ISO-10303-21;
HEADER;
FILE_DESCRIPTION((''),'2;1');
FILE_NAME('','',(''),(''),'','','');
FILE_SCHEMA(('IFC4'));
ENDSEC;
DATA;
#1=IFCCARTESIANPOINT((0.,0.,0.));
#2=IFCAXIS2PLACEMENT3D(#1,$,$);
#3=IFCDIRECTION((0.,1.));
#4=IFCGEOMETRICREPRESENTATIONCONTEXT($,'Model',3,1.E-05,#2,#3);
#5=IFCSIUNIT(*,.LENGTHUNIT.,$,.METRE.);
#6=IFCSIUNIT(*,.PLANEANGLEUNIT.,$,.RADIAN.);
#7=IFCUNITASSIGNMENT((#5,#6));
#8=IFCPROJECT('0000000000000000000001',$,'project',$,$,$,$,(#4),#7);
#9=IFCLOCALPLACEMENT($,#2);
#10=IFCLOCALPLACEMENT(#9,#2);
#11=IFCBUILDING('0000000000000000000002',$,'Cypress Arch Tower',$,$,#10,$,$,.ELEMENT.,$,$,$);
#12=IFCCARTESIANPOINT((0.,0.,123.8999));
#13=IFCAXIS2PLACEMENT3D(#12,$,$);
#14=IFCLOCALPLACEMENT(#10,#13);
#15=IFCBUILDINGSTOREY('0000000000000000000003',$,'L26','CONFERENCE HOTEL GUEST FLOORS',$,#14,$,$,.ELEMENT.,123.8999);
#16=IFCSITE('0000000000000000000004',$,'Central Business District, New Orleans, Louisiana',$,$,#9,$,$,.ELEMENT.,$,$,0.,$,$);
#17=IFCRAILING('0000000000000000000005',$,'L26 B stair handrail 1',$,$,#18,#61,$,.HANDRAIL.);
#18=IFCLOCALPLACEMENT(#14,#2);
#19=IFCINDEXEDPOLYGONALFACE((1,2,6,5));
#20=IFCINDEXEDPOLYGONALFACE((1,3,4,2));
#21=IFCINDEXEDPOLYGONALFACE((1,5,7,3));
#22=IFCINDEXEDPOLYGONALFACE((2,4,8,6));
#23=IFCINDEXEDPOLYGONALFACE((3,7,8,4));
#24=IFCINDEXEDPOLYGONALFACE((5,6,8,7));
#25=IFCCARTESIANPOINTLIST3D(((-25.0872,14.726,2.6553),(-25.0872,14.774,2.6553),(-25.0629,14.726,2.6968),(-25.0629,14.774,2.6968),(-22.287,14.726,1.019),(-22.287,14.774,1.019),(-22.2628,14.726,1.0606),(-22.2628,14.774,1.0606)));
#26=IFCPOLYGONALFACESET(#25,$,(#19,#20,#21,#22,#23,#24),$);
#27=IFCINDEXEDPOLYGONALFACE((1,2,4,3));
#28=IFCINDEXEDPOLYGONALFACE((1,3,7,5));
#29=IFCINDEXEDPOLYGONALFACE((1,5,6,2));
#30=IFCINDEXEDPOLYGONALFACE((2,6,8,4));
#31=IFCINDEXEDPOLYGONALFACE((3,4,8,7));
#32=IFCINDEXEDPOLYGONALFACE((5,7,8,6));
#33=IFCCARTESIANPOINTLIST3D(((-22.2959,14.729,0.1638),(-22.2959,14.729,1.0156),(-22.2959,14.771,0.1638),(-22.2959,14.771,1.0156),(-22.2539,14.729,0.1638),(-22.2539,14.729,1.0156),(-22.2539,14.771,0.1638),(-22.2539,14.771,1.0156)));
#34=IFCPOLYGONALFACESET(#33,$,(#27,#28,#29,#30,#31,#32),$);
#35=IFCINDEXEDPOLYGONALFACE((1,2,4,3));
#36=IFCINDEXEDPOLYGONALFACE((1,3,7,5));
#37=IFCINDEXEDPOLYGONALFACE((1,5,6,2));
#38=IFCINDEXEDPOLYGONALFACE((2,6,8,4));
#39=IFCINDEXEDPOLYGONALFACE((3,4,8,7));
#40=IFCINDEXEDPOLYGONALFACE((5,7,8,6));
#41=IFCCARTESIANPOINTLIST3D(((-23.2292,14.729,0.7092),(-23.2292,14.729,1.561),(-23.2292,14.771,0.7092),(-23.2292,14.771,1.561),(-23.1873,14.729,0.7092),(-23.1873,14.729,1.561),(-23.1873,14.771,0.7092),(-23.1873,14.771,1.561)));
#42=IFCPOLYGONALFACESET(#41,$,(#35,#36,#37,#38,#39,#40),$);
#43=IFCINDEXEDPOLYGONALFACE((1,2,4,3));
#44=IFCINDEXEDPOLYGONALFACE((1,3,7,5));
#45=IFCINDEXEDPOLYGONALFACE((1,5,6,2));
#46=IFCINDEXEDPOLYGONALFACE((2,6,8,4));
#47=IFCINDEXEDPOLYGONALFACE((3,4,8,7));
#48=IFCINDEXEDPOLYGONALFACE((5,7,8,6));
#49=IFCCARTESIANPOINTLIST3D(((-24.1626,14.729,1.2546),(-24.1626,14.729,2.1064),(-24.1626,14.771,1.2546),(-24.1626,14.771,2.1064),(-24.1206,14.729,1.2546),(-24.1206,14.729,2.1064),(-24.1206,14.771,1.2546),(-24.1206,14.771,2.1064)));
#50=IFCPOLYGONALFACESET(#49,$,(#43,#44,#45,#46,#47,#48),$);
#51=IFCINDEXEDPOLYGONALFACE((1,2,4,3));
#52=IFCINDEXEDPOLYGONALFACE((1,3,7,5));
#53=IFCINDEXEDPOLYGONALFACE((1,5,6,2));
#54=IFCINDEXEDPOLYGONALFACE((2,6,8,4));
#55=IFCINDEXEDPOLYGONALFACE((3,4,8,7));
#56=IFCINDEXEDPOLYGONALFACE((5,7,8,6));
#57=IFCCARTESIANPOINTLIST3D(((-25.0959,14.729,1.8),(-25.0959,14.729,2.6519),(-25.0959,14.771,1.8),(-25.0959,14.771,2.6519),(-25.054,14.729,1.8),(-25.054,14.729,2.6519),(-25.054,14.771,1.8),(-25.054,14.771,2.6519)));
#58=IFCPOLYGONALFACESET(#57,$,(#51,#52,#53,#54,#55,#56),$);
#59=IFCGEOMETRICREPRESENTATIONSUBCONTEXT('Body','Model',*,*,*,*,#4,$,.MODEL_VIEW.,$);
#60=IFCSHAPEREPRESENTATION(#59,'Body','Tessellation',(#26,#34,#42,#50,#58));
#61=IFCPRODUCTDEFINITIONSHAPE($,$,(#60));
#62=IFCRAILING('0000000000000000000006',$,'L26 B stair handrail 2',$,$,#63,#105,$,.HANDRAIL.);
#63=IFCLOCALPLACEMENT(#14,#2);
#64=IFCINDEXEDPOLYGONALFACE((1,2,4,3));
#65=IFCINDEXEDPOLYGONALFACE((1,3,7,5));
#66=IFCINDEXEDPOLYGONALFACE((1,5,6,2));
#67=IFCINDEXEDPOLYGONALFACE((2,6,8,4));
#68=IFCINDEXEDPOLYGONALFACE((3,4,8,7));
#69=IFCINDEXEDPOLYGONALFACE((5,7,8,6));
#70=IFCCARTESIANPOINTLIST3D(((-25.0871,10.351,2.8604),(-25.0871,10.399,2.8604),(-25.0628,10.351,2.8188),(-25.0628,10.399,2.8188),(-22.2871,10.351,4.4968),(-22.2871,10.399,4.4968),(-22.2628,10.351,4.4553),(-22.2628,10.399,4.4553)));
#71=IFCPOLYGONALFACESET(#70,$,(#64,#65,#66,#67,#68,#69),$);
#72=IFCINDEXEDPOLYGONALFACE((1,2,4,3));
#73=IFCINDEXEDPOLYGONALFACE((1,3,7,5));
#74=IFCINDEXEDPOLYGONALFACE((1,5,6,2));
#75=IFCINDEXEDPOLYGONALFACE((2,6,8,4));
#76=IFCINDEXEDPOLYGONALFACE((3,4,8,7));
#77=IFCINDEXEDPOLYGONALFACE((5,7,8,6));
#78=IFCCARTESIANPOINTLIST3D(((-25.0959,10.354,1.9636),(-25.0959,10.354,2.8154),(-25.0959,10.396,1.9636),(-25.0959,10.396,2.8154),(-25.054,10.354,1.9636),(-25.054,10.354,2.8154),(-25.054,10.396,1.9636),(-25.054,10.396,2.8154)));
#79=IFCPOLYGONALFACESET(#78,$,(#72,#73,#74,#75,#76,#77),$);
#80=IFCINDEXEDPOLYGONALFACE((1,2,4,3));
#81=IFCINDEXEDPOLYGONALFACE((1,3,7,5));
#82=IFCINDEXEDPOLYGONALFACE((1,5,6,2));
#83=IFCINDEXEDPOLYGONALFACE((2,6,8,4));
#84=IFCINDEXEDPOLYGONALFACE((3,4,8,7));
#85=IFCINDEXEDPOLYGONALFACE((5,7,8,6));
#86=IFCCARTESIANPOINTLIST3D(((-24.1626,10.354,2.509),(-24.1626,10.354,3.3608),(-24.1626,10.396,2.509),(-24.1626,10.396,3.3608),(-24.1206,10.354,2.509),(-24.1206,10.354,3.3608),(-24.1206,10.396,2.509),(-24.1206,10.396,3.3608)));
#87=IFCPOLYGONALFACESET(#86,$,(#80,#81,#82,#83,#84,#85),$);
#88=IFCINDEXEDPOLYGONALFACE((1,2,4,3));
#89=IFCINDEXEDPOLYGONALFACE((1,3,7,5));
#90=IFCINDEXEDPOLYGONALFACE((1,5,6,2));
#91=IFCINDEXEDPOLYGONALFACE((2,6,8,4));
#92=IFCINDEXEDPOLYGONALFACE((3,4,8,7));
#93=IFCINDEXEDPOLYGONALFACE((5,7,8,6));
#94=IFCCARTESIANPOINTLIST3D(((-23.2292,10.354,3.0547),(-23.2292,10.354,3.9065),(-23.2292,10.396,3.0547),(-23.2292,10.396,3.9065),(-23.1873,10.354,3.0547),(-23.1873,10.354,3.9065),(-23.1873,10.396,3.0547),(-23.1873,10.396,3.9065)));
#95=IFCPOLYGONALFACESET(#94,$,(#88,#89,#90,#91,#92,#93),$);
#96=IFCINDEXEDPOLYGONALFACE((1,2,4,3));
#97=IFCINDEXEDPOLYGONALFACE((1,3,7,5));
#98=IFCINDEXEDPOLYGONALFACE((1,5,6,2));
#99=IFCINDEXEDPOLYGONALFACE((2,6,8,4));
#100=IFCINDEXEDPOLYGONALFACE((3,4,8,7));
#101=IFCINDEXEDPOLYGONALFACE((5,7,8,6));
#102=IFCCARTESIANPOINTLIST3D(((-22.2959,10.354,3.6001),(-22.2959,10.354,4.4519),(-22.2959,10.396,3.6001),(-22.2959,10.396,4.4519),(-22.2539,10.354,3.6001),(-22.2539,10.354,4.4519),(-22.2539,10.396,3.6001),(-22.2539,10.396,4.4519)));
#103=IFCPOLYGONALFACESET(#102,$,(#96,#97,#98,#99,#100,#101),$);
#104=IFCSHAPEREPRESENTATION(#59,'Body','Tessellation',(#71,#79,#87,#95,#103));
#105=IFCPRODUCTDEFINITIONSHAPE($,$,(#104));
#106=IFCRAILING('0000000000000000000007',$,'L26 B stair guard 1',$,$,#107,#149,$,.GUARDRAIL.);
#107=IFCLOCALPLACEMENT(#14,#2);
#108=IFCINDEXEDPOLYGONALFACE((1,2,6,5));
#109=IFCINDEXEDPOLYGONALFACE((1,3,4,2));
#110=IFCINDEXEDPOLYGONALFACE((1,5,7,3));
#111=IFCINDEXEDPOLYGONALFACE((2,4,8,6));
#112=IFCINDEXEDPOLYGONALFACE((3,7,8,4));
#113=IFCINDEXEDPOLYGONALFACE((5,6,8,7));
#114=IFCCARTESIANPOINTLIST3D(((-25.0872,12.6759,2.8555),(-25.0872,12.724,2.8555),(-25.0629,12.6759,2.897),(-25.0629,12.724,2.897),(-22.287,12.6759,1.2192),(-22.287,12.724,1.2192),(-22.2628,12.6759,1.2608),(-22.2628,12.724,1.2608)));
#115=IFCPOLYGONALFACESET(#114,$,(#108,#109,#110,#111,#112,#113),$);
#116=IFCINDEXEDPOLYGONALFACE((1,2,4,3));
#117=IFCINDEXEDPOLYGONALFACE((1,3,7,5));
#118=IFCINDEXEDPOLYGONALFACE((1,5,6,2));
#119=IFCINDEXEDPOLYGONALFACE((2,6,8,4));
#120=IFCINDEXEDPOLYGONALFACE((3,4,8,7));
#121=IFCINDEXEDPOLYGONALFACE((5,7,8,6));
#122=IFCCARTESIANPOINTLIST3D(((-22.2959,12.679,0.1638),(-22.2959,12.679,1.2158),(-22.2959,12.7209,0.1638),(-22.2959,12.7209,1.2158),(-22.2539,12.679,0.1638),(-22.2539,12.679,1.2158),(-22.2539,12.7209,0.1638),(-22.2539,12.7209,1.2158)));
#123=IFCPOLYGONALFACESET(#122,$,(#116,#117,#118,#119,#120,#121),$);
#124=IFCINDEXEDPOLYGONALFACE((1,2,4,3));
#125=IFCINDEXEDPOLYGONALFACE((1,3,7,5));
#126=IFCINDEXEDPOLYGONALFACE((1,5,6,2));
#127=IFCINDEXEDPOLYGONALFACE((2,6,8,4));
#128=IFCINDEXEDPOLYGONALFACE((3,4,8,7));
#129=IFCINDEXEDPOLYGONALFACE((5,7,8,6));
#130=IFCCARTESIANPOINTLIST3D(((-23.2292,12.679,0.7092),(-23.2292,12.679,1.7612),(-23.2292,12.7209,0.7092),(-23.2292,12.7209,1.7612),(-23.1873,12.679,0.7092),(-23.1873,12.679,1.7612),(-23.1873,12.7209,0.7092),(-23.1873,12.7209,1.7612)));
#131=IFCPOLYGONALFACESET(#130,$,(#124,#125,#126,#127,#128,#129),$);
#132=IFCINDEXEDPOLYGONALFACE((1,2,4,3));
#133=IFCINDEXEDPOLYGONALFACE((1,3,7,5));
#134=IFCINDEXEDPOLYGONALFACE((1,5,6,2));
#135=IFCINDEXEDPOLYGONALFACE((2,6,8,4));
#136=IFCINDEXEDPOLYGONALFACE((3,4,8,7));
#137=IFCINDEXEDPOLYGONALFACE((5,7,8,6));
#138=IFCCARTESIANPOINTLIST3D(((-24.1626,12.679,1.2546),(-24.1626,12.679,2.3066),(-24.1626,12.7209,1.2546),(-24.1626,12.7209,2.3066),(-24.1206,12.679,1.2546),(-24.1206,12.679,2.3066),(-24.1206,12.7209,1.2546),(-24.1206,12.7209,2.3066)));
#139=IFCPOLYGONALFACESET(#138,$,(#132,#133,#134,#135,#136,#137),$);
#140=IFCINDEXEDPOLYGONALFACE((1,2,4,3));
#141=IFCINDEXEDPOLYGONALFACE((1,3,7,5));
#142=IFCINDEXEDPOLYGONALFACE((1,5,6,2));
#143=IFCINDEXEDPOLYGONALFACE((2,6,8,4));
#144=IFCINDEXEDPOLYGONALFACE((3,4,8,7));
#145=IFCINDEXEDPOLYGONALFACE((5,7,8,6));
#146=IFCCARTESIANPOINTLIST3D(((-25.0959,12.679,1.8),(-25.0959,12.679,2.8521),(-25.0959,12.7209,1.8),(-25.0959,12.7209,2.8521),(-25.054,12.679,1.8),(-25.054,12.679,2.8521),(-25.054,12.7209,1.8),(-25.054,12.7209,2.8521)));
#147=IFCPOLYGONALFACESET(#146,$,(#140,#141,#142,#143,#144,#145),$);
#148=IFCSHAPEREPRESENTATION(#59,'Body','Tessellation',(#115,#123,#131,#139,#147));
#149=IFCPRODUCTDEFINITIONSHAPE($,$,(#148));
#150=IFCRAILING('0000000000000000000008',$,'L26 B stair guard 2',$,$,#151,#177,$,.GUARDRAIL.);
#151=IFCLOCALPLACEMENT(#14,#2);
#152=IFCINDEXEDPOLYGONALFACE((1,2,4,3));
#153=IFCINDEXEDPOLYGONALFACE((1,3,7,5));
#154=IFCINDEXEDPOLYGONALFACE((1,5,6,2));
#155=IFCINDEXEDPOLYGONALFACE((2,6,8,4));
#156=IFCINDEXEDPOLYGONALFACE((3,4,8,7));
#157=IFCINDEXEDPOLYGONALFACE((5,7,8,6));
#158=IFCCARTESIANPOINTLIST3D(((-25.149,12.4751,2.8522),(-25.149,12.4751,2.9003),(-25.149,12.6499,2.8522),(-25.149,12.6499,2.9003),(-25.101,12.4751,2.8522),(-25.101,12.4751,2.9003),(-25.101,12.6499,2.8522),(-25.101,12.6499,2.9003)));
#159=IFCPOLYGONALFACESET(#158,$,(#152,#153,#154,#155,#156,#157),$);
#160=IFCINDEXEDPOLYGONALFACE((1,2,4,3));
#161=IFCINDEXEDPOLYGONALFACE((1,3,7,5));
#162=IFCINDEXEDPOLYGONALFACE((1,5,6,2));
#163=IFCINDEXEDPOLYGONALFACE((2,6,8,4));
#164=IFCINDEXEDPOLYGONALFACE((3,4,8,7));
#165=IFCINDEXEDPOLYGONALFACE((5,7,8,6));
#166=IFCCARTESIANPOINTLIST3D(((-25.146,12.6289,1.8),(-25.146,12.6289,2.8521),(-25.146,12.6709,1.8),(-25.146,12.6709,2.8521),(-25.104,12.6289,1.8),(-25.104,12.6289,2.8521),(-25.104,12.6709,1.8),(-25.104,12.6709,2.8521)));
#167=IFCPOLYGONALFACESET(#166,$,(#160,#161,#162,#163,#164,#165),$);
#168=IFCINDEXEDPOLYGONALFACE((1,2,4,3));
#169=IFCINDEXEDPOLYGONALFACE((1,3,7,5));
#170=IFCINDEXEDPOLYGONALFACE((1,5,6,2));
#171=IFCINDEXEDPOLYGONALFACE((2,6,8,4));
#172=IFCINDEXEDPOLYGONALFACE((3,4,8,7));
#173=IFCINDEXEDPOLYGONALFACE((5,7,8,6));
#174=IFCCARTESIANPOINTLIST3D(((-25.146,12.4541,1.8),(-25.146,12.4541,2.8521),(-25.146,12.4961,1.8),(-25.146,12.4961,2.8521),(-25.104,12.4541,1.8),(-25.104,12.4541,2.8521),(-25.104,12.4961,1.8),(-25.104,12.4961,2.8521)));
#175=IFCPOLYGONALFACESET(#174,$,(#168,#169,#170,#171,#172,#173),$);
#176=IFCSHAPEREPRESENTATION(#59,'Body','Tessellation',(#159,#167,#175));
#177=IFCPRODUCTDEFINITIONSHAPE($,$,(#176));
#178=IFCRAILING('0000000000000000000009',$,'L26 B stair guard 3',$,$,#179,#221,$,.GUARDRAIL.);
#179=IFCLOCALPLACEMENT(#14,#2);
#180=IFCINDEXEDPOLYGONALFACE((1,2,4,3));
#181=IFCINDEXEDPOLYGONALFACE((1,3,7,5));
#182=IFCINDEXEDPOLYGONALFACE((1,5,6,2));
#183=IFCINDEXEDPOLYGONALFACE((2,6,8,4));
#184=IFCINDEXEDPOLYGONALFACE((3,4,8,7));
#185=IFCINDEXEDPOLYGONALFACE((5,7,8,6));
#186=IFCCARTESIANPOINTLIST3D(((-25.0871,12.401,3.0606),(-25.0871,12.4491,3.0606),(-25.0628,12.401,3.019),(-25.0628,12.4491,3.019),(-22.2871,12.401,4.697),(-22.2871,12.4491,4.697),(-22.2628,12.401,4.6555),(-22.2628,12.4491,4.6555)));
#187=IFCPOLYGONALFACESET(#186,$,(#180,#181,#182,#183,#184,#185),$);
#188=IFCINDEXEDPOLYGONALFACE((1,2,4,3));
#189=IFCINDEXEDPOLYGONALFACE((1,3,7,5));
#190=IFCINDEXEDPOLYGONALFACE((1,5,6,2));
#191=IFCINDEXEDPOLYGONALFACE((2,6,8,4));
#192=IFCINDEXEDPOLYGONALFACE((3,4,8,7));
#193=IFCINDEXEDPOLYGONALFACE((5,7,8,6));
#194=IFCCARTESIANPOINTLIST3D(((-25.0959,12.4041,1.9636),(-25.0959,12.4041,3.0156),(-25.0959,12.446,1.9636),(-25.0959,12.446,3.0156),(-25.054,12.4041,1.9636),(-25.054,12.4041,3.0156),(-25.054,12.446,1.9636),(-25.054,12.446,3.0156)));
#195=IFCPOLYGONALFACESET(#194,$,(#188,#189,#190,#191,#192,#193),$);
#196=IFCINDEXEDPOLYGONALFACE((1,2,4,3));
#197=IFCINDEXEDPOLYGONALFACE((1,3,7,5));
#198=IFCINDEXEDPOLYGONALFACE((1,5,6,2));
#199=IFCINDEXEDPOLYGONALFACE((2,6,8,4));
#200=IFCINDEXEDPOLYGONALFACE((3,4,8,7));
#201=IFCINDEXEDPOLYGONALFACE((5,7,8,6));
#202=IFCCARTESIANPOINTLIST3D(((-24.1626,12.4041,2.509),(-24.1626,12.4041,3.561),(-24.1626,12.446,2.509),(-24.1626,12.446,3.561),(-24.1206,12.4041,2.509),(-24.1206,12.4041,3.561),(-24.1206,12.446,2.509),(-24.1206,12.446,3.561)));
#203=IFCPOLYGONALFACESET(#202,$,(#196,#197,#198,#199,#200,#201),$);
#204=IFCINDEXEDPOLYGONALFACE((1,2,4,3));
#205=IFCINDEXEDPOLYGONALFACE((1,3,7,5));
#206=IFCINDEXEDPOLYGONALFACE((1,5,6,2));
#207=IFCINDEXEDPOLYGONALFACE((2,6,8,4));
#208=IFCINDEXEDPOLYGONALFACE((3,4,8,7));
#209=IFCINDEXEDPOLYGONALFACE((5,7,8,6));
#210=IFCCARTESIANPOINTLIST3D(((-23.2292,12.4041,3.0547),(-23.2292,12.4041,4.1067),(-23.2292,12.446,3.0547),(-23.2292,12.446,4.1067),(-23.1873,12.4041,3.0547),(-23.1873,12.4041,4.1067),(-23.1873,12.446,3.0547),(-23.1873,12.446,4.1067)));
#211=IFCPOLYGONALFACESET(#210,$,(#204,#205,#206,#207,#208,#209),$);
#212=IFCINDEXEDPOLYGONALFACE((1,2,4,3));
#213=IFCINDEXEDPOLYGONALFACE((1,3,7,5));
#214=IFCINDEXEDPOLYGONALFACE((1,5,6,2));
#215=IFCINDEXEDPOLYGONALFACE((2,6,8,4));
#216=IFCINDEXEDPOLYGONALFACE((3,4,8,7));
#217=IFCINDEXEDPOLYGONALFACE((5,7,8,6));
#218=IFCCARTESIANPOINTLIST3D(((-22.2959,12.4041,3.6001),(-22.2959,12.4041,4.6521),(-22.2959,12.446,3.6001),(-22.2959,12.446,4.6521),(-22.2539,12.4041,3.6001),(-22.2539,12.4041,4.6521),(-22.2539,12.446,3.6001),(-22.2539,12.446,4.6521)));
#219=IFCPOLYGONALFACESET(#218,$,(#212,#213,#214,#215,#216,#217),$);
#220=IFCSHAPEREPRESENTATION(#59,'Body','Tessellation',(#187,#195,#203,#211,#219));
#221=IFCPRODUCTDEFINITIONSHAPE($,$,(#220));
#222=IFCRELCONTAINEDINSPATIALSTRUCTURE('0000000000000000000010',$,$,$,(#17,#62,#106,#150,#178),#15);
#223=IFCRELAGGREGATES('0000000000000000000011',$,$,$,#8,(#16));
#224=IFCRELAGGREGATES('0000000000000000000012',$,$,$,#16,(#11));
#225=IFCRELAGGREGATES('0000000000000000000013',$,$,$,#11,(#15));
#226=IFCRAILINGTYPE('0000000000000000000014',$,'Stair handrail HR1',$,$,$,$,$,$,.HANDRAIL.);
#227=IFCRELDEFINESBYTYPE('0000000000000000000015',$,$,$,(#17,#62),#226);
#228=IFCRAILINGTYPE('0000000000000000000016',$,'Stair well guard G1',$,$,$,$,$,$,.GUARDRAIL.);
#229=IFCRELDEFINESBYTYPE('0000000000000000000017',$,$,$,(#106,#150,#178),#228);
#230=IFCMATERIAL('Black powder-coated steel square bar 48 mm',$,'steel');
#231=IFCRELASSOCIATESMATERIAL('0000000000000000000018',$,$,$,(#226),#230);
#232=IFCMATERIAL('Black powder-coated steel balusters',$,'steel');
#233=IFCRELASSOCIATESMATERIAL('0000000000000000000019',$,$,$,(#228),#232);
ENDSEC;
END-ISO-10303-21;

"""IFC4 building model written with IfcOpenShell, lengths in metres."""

from ifc_helpers import new_model, si_unit, direction, frame, origin, origin_2d, place, context, subcontext, project, spatial, rectangle, extrude, material, type_object, element, save


model = new_model("IFC4")

# Units and contexts
model_context = context("Model", 3, precision=1e-05, world=origin(), true_north=direction((0.0, 1.0)))
body_context = subcontext(model_context, "Body", "Model", "MODEL_VIEW")
ifc_project = project(units=[si_unit("LENGTHUNIT", "METRE"), si_unit("PLANEANGLEUNIT", "RADIAN")], contexts=[model_context])

# Site, building, storey
site_placement = place(None, origin())
site = spatial("IfcSite", under=ifc_project, at=site_placement, Name="Central Business District, New Orleans, Louisiana", CompositionType="ELEMENT", RefElevation=0.0)
building_placement = place(site_placement, origin())
building = spatial("IfcBuilding", under=site, at=building_placement, Name="Cypress Arch Tower", CompositionType="ELEMENT")
storey_placement = place(building_placement, frame((0.0, 0.0, 123.8999)))
storey = spatial("IfcBuildingStorey", under=building, at=storey_placement, Name="L26", Description="CONFERENCE HOTEL GUEST FLOORS", CompositionType="ELEMENT", Elevation=123.8999)

# Railings
ifc_material_1 = material(Name="Black powder-coated steel square bar 48 mm", Category="steel")
railing_type_1 = type_object("IfcRailingType", Name="Stair handrail HR1", PredefinedType="HANDRAIL", material=ifc_material_1)
railing_1_placement = place(storey_placement, frame((-22.2749, 14.75, 0.1638)))
element("IfcRailing", 1, at=railing_1_placement, inside=storey, type_object=railing_type_1, Name="L26 B stair handrail 1", PredefinedType="HANDRAIL", context=body_context, shape_type="SweptSolid", body=[
    extrude(rectangle(XDim=0.0481, YDim=0.0481, at=origin_2d()), frame((0.0, 0.0, 0.876), z_axis=(-0.863394, 0.0, 0.504531), x_axis=(0.0, -1.0, 0.0)), (0.0, 0.0, 1.0), 3.2432),
    extrude(rectangle(XDim=0.042, YDim=0.042, at=origin_2d()), origin(), (0.0, 0.0, 1.0), 0.8518),
    extrude(rectangle(XDim=0.042, YDim=0.042, at=origin_2d()), frame((-0.9333, 0.0, 0.5454)), (0.0, 0.0, 1.0), 0.8518),
    extrude(rectangle(XDim=0.042, YDim=0.042, at=origin_2d()), frame((-1.8667, 0.0, 1.0908)), (0.0, 0.0, 1.0), 0.8518),
    extrude(rectangle(XDim=0.042, YDim=0.042, at=origin_2d()), frame((-2.8, 0.0, 1.6362)), (0.0, 0.0, 1.0), 0.8518),
])
railing_2_placement = place(storey_placement, frame((-25.075, 10.375, 1.9636)))
element("IfcRailing", 2, at=railing_2_placement, inside=storey, type_object=railing_type_1, Name="L26 B stair handrail 2", PredefinedType="HANDRAIL", context=body_context, shape_type="SweptSolid", body=[
    extrude(rectangle(XDim=0.0481, YDim=0.0481, at=origin_2d()), frame((0.0, 0.0, 0.876), z_axis=(0.863361, 0.0, 0.504587), x_axis=(0.0, 1.0, 0.0)), (0.0, 0.0, 1.0), 3.2432),
    extrude(rectangle(XDim=0.042, YDim=0.042, at=origin_2d()), origin(), (0.0, 0.0, 1.0), 0.8518),
    extrude(rectangle(XDim=0.042, YDim=0.042, at=origin_2d()), frame((0.9333, 0.0, 0.5454)), (0.0, 0.0, 1.0), 0.8518),
    extrude(rectangle(XDim=0.042, YDim=0.042, at=origin_2d()), frame((1.8667, 0.0, 1.0911)), (0.0, 0.0, 1.0), 0.8518),
    extrude(rectangle(XDim=0.042, YDim=0.042, at=origin_2d()), frame((2.8, 0.0, 1.6365)), (0.0, 0.0, 1.0), 0.8518),
])
ifc_material_2 = material(Name="Black powder-coated steel balusters", Category="steel")
railing_type_2 = type_object("IfcRailingType", Name="Stair well guard G1", PredefinedType="GUARDRAIL", material=ifc_material_2)
railing_3_placement = place(storey_placement, frame((-22.2749, 12.7, 0.1638)))
element("IfcRailing", 3, at=railing_3_placement, inside=storey, type_object=railing_type_2, Name="L26 B stair guard 1", PredefinedType="GUARDRAIL", context=body_context, shape_type="SweptSolid", body=[
    extrude(rectangle(XDim=0.0481, YDim=0.0481, at=origin_2d()), frame((0.0, 0.0, 1.0762), z_axis=(-0.863394, 0.0, 0.504531), x_axis=(0.0, -1.0, 0.0)), (0.0, 0.0, 1.0), 3.2432),
    extrude(rectangle(XDim=0.042, YDim=0.042, at=origin_2d()), origin(), (0.0, 0.0, 1.0), 1.052),
    extrude(rectangle(XDim=0.042, YDim=0.042, at=origin_2d()), frame((-0.9333, 0.0, 0.5454)), (0.0, 0.0, 1.0), 1.052),
    extrude(rectangle(XDim=0.042, YDim=0.042, at=origin_2d()), frame((-1.8667, 0.0, 1.0908)), (0.0, 0.0, 1.0), 1.052),
    extrude(rectangle(XDim=0.042, YDim=0.042, at=origin_2d()), frame((-2.8, 0.0, 1.6362)), (0.0, 0.0, 1.0), 1.052),
])
railing_4_placement = place(storey_placement, frame((-25.125, 12.6499, 1.8)))
element("IfcRailing", 4, at=railing_4_placement, inside=storey, type_object=railing_type_2, Name="L26 B stair guard 2", PredefinedType="GUARDRAIL", context=body_context, shape_type="SweptSolid", body=[
    extrude(rectangle(XDim=0.0481, YDim=0.0481, at=origin_2d()), frame((0.0, 0.0, 1.0762), z_axis=(0.0, -1.0, 0.0), x_axis=(1.0, 0.0, 0.0)), (0.0, 0.0, 1.0), 0.1748),
    extrude(rectangle(XDim=0.042, YDim=0.042, at=origin_2d()), origin(), (0.0, 0.0, 1.0), 1.052),
    extrude(rectangle(XDim=0.042, YDim=0.042, at=origin_2d()), frame((0.0, -0.1748, 0.0)), (0.0, 0.0, 1.0), 1.052),
])
railing_5_placement = place(storey_placement, frame((-25.075, 12.425, 1.9636)))
element("IfcRailing", 5, at=railing_5_placement, inside=storey, type_object=railing_type_2, Name="L26 B stair guard 3", PredefinedType="GUARDRAIL", context=body_context, shape_type="SweptSolid", body=[
    extrude(rectangle(XDim=0.0481, YDim=0.0481, at=origin_2d()), frame((0.0, 0.0, 1.0762), z_axis=(0.863361, 0.0, 0.504587), x_axis=(0.0, 1.0, 0.0)), (0.0, 0.0, 1.0), 3.2432),
    extrude(rectangle(XDim=0.042, YDim=0.042, at=origin_2d()), origin(), (0.0, 0.0, 1.0), 1.052),
    extrude(rectangle(XDim=0.042, YDim=0.042, at=origin_2d()), frame((0.9333, 0.0, 0.5454)), (0.0, 0.0, 1.0), 1.052),
    extrude(rectangle(XDim=0.042, YDim=0.042, at=origin_2d()), frame((1.8667, 0.0, 1.0911)), (0.0, 0.0, 1.0), 1.052),
    extrude(rectangle(XDim=0.042, YDim=0.042, at=origin_2d()), frame((2.8, 0.0, 1.6365)), (0.0, 0.0, 1.0), 1.052),
])

save(model, "model.ifc")
